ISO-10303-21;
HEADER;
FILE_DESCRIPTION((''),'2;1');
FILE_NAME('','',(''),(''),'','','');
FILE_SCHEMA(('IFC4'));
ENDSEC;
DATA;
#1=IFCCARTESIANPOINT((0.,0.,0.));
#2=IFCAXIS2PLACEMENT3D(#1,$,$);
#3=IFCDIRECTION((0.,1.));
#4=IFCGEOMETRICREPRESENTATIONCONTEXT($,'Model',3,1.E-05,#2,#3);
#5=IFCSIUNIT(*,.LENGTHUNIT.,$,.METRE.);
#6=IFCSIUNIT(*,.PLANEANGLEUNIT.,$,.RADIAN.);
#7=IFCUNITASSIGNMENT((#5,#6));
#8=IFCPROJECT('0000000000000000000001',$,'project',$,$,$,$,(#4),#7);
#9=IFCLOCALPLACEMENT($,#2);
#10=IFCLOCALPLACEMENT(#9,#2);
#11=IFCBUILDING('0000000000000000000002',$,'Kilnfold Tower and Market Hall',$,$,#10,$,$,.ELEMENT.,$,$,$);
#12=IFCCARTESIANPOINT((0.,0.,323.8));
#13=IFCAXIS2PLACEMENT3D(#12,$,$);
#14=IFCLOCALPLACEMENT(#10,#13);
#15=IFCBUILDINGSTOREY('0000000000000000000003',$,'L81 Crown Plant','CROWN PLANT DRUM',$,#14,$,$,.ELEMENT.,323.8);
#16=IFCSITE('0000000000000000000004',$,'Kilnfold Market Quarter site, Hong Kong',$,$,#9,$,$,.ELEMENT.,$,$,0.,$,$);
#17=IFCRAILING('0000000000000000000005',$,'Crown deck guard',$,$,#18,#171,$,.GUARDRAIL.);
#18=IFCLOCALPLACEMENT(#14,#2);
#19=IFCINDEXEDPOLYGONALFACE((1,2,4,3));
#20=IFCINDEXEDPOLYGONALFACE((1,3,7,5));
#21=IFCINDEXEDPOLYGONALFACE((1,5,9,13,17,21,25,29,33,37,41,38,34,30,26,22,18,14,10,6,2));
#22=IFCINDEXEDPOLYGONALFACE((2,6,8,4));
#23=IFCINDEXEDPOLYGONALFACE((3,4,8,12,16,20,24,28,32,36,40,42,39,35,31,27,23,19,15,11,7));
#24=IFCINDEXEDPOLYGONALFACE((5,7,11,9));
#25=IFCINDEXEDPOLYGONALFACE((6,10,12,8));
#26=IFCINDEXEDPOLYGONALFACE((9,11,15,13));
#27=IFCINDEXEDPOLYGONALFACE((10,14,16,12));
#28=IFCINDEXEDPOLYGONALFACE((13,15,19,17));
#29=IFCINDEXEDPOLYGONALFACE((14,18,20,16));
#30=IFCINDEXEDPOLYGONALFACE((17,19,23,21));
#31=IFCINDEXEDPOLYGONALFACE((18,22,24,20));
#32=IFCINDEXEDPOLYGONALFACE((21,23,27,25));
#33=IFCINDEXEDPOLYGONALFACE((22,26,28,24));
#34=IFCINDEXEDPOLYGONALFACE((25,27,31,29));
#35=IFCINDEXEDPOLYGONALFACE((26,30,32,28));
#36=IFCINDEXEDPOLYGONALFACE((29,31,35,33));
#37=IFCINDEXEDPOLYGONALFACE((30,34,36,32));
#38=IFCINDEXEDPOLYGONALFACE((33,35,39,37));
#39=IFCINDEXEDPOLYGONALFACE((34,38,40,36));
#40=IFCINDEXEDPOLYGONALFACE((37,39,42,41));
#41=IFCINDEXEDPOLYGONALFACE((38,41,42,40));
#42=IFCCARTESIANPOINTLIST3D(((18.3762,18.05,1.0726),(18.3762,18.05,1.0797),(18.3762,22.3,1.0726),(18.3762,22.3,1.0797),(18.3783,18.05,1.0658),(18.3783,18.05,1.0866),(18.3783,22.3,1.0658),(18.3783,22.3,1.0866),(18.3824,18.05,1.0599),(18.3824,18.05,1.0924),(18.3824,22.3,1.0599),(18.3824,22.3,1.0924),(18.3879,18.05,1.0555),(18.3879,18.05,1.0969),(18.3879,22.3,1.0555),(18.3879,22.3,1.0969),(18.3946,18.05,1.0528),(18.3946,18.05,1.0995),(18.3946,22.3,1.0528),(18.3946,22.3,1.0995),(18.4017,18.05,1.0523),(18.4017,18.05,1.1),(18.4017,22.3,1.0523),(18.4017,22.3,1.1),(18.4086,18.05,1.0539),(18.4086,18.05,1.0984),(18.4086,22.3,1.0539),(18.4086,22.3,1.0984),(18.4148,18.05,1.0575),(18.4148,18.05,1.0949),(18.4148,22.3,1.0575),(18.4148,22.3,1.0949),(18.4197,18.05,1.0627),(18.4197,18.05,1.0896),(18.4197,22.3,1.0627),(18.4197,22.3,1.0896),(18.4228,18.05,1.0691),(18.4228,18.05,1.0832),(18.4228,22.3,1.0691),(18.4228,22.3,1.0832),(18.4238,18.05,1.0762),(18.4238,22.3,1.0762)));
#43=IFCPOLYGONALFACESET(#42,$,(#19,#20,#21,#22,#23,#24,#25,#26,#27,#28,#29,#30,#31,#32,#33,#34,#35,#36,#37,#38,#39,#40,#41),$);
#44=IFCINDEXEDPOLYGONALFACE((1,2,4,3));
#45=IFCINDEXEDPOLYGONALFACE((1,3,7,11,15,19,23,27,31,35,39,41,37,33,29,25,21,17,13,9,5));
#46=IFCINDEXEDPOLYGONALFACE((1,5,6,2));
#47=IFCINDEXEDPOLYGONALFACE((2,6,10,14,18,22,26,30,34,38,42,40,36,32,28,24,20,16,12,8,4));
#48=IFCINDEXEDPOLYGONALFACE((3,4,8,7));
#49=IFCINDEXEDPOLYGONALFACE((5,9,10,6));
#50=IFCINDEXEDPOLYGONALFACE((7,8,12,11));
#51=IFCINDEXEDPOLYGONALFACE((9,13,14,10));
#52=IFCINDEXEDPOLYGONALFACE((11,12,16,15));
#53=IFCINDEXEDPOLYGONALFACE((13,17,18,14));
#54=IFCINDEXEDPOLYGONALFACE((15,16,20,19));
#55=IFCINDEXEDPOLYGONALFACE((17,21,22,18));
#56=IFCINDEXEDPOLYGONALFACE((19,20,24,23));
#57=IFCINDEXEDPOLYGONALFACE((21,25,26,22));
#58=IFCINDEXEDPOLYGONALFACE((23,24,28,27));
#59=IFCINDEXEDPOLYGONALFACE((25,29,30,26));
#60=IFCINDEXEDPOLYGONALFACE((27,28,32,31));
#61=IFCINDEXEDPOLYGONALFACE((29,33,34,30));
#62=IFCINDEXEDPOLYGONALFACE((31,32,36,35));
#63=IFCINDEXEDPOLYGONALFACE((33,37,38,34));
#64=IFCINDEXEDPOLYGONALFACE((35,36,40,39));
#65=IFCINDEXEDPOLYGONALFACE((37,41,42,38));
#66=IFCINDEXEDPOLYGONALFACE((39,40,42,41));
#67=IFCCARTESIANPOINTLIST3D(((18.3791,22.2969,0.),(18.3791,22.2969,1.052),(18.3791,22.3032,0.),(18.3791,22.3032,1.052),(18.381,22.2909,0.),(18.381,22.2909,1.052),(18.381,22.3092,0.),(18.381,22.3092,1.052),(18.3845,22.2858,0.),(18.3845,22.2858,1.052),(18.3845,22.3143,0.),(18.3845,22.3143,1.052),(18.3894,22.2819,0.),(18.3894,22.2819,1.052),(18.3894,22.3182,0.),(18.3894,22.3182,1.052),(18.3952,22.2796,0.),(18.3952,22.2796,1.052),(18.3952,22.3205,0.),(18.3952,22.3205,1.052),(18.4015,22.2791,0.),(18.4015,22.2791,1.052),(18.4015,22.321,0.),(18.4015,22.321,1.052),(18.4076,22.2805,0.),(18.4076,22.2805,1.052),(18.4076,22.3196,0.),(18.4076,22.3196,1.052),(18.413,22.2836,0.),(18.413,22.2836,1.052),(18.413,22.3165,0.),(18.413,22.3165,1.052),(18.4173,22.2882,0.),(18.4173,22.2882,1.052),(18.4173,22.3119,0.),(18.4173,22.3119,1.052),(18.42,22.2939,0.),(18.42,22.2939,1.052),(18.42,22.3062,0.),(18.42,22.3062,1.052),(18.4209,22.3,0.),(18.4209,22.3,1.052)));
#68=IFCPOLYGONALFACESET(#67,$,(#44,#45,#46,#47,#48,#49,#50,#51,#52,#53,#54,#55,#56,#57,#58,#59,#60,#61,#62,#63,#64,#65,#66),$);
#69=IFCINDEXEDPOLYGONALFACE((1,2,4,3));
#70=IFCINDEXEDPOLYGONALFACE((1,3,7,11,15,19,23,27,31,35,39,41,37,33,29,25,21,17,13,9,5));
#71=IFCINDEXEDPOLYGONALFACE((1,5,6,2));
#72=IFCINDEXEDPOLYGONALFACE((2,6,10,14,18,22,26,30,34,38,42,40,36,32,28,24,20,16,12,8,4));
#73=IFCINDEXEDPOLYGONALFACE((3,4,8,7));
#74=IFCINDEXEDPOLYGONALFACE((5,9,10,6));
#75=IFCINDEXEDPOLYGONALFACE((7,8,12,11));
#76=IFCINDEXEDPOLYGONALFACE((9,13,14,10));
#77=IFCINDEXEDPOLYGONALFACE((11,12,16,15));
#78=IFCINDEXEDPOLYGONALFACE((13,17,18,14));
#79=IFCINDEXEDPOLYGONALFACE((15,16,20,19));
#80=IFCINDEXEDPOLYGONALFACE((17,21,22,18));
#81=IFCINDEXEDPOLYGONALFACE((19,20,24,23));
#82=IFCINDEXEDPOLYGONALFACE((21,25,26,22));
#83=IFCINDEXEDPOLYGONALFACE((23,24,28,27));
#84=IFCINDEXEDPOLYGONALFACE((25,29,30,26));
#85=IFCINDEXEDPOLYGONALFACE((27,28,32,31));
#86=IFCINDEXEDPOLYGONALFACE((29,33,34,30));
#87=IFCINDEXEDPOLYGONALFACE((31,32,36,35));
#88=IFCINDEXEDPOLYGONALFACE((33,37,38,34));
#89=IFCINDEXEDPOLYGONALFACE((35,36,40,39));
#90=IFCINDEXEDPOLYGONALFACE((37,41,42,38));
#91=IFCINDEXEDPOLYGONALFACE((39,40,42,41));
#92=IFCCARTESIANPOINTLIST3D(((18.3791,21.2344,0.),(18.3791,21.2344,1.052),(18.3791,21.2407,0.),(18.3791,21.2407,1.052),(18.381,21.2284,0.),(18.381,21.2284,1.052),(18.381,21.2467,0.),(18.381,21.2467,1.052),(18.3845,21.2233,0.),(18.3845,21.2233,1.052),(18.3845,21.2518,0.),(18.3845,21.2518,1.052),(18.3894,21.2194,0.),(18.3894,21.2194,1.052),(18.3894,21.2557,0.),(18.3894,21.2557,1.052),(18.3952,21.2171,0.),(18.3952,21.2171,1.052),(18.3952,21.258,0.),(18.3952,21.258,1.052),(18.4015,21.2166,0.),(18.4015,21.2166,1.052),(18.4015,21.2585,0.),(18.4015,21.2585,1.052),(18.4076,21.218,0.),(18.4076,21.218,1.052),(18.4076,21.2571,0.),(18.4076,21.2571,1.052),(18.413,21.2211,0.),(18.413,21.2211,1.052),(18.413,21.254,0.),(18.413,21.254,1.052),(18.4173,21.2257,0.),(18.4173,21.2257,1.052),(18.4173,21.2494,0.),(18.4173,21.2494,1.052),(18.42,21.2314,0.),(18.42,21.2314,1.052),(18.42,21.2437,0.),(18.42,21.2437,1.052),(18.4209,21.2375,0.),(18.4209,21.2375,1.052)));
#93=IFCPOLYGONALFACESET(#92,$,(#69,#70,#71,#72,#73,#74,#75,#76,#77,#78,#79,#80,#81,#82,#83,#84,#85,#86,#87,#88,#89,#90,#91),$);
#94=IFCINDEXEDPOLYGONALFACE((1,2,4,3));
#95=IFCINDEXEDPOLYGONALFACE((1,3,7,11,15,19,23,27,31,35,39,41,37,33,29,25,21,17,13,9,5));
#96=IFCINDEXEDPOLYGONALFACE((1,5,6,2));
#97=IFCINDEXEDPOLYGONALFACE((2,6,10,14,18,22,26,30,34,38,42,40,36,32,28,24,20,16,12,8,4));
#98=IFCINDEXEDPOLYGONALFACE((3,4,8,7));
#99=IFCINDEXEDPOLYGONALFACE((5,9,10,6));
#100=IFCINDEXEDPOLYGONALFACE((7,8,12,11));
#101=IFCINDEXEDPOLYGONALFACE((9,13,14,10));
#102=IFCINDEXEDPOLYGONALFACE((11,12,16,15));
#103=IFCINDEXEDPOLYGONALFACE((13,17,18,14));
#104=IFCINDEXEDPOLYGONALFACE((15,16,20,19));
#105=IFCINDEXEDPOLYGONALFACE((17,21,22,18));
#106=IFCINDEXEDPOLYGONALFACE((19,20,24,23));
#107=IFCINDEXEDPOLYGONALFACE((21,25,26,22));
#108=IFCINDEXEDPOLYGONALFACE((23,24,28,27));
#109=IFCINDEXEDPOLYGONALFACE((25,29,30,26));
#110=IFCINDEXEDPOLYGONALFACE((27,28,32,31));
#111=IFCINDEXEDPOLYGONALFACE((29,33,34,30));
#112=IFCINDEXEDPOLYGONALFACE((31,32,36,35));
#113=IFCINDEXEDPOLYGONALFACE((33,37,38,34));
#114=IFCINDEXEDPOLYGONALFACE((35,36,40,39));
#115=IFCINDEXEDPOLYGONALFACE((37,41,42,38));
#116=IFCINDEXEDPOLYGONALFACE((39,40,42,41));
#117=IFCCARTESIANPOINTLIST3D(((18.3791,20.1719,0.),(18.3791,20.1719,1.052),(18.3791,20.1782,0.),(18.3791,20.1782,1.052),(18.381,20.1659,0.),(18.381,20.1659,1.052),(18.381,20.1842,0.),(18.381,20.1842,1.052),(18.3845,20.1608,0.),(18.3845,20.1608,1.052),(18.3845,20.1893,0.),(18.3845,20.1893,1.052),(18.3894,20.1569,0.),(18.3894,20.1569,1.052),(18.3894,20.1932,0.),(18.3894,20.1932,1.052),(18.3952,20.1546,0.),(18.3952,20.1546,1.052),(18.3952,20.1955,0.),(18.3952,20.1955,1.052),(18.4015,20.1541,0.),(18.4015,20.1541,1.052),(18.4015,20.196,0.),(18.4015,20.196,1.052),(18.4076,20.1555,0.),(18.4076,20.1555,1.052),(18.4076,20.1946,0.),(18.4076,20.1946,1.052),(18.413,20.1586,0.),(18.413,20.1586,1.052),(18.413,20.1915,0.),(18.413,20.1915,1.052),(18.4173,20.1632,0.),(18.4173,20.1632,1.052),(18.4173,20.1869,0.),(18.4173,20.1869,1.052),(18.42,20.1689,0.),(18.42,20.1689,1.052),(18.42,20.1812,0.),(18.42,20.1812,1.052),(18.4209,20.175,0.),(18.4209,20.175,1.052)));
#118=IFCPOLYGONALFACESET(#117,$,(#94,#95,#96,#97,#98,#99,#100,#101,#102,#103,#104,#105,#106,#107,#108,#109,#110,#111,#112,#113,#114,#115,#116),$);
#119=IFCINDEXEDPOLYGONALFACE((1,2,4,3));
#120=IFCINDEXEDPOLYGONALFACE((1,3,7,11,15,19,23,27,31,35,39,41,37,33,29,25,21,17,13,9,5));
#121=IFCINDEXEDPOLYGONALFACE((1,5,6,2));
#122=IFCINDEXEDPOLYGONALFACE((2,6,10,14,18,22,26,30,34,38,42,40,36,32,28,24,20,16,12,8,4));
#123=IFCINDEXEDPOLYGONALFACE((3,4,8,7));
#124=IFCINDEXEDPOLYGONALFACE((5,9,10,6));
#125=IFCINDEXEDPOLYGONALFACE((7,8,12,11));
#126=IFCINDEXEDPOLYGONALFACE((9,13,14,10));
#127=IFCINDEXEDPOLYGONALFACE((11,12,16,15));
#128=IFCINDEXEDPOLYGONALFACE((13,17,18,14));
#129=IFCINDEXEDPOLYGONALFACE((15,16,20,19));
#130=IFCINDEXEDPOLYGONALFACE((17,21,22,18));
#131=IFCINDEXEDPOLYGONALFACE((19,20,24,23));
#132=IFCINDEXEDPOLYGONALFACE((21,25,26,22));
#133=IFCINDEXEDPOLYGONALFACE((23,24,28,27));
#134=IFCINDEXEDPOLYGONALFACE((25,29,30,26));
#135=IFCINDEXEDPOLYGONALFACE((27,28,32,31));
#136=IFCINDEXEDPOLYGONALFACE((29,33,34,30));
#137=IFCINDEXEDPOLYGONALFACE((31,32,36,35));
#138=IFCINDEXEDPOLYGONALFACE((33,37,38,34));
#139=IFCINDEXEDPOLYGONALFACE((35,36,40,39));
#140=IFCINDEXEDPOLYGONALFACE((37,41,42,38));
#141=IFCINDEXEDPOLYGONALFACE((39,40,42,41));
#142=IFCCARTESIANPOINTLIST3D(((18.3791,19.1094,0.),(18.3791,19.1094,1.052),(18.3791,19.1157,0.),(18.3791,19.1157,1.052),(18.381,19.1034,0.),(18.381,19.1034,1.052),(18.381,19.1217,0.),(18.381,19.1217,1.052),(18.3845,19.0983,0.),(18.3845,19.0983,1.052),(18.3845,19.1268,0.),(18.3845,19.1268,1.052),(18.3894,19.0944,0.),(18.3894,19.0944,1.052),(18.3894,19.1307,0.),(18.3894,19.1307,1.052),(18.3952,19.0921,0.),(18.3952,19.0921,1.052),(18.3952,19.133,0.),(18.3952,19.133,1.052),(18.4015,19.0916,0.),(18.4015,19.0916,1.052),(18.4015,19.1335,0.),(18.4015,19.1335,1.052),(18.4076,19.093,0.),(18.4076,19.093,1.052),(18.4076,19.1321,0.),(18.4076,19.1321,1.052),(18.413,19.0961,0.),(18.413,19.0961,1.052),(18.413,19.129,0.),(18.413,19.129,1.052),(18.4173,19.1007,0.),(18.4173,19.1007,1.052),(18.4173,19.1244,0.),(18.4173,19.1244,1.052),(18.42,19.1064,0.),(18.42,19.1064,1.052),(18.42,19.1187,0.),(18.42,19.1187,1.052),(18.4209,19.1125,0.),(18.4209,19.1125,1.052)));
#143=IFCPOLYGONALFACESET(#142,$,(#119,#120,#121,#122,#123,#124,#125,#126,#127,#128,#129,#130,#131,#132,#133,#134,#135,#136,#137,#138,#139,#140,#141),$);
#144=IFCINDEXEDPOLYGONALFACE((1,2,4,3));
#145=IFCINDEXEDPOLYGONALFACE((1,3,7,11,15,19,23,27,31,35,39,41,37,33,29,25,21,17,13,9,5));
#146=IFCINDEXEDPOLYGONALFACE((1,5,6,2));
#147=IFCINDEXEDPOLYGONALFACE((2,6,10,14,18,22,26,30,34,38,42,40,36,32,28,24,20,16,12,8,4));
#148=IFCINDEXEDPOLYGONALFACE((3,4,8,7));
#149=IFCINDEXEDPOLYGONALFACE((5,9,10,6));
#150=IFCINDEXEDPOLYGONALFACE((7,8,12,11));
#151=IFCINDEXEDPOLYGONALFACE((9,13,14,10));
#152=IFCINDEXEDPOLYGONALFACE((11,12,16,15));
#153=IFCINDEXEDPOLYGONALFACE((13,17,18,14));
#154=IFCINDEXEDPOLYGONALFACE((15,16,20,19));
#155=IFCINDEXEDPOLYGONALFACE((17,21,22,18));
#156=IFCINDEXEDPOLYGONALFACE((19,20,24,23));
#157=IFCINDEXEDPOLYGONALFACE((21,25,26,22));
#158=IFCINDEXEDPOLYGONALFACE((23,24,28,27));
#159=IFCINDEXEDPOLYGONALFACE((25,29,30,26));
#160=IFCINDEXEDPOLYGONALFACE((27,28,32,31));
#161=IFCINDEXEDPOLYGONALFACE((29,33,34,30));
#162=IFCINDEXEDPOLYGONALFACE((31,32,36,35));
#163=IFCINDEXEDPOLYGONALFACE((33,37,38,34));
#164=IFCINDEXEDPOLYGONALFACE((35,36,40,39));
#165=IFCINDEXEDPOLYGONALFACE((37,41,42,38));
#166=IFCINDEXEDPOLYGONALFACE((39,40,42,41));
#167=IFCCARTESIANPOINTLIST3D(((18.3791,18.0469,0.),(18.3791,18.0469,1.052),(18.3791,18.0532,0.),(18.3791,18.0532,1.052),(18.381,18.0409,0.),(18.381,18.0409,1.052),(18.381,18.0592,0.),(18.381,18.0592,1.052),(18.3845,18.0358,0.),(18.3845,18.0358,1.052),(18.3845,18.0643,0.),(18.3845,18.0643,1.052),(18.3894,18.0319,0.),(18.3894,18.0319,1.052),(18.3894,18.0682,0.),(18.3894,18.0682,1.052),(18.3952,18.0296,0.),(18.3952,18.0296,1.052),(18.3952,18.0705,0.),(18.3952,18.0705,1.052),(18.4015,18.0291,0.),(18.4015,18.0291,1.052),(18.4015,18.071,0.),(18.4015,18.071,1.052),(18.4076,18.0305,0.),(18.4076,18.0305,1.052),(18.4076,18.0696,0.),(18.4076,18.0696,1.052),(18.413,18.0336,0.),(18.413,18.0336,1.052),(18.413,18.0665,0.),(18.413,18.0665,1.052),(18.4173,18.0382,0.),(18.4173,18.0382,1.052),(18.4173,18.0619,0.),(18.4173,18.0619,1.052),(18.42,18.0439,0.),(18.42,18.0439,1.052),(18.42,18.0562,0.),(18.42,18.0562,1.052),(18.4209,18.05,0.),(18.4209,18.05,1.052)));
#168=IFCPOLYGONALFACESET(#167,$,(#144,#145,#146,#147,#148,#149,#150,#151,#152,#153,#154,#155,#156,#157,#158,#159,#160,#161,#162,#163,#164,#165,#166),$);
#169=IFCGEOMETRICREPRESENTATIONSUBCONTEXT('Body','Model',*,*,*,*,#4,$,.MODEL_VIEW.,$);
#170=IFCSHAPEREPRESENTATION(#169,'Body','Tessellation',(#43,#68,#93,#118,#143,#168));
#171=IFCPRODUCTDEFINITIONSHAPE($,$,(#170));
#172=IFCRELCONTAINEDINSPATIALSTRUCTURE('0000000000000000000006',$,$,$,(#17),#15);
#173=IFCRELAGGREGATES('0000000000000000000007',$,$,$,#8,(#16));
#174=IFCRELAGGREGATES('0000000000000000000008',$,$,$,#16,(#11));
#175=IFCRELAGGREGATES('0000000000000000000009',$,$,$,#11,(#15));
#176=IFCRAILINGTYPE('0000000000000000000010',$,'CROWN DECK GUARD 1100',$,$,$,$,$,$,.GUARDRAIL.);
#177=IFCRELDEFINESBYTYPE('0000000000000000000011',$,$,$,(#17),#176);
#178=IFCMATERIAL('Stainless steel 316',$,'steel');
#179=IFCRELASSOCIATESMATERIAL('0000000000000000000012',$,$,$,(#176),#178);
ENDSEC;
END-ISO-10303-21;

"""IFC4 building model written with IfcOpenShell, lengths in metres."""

from ifc_helpers import new_model, si_unit, direction, frame, origin, origin_2d, place, context, subcontext, project, spatial, circle, extrude, material, type_object, element, save


model = new_model("IFC4")

# Units and contexts
model_context = context("Model", 3, precision=1e-05, world=origin(), true_north=direction((0.0, 1.0)))
body_context = subcontext(model_context, "Body", "Model", "MODEL_VIEW")
ifc_project = project(units=[si_unit("LENGTHUNIT", "METRE"), si_unit("PLANEANGLEUNIT", "RADIAN")], contexts=[model_context])

# Site, building, storey
site_placement = place(None, origin())
site = spatial("IfcSite", under=ifc_project, at=site_placement, Name="Kilnfold Market Quarter site, Hong Kong", CompositionType="ELEMENT", RefElevation=0.0)
building_placement = place(site_placement, origin())
building = spatial("IfcBuilding", under=site, at=building_placement, Name="Kilnfold Tower and Market Hall", CompositionType="ELEMENT")
storey_placement = place(building_placement, frame((0.0, 0.0, 323.8)))
storey = spatial("IfcBuildingStorey", under=building, at=storey_placement, Name="L81 Crown Plant", Description="CROWN PLANT DRUM", CompositionType="ELEMENT", Elevation=323.8)

# Railing
ifc_material_1 = material(Name="Stainless steel 316", Category="steel")
railing_type_1 = type_object("IfcRailingType", Name="CROWN DECK GUARD 1100", PredefinedType="GUARDRAIL", material=ifc_material_1)
railing_1_placement = place(storey_placement, frame((18.3999, 22.3, 0.0)))
element("IfcRailing", 1, at=railing_1_placement, inside=storey, type_object=railing_type_1, Name="Crown deck guard", PredefinedType="GUARDRAIL", context=body_context, shape_type="SweptSolid", body=[
    extrude(circle(Radius=0.0239, at=origin_2d()), frame((0.0, 0.0, 1.0762), z_axis=(0.0, -1.0, 0.0), x_axis=(1.0, 0.0, 0.0)), (0.0, 0.0, 1.0), 4.25),
    extrude(circle(Radius=0.021, at=origin_2d()), origin(), (0.0, 0.0, 1.0), 1.052),
    extrude(circle(Radius=0.021, at=origin_2d()), frame((0.0, -1.0625, 0.0)), (0.0, 0.0, 1.0), 1.052),
    extrude(circle(Radius=0.021, at=origin_2d()), frame((0.0, -2.125, 0.0)), (0.0, 0.0, 1.0), 1.052),
    extrude(circle(Radius=0.021, at=origin_2d()), frame((0.0, -3.1875, 0.0)), (0.0, 0.0, 1.0), 1.052),
    extrude(circle(Radius=0.021, at=origin_2d()), frame((0.0, -4.25, 0.0)), (0.0, 0.0, 1.0), 1.052),
])

save(model, "model.ifc")
